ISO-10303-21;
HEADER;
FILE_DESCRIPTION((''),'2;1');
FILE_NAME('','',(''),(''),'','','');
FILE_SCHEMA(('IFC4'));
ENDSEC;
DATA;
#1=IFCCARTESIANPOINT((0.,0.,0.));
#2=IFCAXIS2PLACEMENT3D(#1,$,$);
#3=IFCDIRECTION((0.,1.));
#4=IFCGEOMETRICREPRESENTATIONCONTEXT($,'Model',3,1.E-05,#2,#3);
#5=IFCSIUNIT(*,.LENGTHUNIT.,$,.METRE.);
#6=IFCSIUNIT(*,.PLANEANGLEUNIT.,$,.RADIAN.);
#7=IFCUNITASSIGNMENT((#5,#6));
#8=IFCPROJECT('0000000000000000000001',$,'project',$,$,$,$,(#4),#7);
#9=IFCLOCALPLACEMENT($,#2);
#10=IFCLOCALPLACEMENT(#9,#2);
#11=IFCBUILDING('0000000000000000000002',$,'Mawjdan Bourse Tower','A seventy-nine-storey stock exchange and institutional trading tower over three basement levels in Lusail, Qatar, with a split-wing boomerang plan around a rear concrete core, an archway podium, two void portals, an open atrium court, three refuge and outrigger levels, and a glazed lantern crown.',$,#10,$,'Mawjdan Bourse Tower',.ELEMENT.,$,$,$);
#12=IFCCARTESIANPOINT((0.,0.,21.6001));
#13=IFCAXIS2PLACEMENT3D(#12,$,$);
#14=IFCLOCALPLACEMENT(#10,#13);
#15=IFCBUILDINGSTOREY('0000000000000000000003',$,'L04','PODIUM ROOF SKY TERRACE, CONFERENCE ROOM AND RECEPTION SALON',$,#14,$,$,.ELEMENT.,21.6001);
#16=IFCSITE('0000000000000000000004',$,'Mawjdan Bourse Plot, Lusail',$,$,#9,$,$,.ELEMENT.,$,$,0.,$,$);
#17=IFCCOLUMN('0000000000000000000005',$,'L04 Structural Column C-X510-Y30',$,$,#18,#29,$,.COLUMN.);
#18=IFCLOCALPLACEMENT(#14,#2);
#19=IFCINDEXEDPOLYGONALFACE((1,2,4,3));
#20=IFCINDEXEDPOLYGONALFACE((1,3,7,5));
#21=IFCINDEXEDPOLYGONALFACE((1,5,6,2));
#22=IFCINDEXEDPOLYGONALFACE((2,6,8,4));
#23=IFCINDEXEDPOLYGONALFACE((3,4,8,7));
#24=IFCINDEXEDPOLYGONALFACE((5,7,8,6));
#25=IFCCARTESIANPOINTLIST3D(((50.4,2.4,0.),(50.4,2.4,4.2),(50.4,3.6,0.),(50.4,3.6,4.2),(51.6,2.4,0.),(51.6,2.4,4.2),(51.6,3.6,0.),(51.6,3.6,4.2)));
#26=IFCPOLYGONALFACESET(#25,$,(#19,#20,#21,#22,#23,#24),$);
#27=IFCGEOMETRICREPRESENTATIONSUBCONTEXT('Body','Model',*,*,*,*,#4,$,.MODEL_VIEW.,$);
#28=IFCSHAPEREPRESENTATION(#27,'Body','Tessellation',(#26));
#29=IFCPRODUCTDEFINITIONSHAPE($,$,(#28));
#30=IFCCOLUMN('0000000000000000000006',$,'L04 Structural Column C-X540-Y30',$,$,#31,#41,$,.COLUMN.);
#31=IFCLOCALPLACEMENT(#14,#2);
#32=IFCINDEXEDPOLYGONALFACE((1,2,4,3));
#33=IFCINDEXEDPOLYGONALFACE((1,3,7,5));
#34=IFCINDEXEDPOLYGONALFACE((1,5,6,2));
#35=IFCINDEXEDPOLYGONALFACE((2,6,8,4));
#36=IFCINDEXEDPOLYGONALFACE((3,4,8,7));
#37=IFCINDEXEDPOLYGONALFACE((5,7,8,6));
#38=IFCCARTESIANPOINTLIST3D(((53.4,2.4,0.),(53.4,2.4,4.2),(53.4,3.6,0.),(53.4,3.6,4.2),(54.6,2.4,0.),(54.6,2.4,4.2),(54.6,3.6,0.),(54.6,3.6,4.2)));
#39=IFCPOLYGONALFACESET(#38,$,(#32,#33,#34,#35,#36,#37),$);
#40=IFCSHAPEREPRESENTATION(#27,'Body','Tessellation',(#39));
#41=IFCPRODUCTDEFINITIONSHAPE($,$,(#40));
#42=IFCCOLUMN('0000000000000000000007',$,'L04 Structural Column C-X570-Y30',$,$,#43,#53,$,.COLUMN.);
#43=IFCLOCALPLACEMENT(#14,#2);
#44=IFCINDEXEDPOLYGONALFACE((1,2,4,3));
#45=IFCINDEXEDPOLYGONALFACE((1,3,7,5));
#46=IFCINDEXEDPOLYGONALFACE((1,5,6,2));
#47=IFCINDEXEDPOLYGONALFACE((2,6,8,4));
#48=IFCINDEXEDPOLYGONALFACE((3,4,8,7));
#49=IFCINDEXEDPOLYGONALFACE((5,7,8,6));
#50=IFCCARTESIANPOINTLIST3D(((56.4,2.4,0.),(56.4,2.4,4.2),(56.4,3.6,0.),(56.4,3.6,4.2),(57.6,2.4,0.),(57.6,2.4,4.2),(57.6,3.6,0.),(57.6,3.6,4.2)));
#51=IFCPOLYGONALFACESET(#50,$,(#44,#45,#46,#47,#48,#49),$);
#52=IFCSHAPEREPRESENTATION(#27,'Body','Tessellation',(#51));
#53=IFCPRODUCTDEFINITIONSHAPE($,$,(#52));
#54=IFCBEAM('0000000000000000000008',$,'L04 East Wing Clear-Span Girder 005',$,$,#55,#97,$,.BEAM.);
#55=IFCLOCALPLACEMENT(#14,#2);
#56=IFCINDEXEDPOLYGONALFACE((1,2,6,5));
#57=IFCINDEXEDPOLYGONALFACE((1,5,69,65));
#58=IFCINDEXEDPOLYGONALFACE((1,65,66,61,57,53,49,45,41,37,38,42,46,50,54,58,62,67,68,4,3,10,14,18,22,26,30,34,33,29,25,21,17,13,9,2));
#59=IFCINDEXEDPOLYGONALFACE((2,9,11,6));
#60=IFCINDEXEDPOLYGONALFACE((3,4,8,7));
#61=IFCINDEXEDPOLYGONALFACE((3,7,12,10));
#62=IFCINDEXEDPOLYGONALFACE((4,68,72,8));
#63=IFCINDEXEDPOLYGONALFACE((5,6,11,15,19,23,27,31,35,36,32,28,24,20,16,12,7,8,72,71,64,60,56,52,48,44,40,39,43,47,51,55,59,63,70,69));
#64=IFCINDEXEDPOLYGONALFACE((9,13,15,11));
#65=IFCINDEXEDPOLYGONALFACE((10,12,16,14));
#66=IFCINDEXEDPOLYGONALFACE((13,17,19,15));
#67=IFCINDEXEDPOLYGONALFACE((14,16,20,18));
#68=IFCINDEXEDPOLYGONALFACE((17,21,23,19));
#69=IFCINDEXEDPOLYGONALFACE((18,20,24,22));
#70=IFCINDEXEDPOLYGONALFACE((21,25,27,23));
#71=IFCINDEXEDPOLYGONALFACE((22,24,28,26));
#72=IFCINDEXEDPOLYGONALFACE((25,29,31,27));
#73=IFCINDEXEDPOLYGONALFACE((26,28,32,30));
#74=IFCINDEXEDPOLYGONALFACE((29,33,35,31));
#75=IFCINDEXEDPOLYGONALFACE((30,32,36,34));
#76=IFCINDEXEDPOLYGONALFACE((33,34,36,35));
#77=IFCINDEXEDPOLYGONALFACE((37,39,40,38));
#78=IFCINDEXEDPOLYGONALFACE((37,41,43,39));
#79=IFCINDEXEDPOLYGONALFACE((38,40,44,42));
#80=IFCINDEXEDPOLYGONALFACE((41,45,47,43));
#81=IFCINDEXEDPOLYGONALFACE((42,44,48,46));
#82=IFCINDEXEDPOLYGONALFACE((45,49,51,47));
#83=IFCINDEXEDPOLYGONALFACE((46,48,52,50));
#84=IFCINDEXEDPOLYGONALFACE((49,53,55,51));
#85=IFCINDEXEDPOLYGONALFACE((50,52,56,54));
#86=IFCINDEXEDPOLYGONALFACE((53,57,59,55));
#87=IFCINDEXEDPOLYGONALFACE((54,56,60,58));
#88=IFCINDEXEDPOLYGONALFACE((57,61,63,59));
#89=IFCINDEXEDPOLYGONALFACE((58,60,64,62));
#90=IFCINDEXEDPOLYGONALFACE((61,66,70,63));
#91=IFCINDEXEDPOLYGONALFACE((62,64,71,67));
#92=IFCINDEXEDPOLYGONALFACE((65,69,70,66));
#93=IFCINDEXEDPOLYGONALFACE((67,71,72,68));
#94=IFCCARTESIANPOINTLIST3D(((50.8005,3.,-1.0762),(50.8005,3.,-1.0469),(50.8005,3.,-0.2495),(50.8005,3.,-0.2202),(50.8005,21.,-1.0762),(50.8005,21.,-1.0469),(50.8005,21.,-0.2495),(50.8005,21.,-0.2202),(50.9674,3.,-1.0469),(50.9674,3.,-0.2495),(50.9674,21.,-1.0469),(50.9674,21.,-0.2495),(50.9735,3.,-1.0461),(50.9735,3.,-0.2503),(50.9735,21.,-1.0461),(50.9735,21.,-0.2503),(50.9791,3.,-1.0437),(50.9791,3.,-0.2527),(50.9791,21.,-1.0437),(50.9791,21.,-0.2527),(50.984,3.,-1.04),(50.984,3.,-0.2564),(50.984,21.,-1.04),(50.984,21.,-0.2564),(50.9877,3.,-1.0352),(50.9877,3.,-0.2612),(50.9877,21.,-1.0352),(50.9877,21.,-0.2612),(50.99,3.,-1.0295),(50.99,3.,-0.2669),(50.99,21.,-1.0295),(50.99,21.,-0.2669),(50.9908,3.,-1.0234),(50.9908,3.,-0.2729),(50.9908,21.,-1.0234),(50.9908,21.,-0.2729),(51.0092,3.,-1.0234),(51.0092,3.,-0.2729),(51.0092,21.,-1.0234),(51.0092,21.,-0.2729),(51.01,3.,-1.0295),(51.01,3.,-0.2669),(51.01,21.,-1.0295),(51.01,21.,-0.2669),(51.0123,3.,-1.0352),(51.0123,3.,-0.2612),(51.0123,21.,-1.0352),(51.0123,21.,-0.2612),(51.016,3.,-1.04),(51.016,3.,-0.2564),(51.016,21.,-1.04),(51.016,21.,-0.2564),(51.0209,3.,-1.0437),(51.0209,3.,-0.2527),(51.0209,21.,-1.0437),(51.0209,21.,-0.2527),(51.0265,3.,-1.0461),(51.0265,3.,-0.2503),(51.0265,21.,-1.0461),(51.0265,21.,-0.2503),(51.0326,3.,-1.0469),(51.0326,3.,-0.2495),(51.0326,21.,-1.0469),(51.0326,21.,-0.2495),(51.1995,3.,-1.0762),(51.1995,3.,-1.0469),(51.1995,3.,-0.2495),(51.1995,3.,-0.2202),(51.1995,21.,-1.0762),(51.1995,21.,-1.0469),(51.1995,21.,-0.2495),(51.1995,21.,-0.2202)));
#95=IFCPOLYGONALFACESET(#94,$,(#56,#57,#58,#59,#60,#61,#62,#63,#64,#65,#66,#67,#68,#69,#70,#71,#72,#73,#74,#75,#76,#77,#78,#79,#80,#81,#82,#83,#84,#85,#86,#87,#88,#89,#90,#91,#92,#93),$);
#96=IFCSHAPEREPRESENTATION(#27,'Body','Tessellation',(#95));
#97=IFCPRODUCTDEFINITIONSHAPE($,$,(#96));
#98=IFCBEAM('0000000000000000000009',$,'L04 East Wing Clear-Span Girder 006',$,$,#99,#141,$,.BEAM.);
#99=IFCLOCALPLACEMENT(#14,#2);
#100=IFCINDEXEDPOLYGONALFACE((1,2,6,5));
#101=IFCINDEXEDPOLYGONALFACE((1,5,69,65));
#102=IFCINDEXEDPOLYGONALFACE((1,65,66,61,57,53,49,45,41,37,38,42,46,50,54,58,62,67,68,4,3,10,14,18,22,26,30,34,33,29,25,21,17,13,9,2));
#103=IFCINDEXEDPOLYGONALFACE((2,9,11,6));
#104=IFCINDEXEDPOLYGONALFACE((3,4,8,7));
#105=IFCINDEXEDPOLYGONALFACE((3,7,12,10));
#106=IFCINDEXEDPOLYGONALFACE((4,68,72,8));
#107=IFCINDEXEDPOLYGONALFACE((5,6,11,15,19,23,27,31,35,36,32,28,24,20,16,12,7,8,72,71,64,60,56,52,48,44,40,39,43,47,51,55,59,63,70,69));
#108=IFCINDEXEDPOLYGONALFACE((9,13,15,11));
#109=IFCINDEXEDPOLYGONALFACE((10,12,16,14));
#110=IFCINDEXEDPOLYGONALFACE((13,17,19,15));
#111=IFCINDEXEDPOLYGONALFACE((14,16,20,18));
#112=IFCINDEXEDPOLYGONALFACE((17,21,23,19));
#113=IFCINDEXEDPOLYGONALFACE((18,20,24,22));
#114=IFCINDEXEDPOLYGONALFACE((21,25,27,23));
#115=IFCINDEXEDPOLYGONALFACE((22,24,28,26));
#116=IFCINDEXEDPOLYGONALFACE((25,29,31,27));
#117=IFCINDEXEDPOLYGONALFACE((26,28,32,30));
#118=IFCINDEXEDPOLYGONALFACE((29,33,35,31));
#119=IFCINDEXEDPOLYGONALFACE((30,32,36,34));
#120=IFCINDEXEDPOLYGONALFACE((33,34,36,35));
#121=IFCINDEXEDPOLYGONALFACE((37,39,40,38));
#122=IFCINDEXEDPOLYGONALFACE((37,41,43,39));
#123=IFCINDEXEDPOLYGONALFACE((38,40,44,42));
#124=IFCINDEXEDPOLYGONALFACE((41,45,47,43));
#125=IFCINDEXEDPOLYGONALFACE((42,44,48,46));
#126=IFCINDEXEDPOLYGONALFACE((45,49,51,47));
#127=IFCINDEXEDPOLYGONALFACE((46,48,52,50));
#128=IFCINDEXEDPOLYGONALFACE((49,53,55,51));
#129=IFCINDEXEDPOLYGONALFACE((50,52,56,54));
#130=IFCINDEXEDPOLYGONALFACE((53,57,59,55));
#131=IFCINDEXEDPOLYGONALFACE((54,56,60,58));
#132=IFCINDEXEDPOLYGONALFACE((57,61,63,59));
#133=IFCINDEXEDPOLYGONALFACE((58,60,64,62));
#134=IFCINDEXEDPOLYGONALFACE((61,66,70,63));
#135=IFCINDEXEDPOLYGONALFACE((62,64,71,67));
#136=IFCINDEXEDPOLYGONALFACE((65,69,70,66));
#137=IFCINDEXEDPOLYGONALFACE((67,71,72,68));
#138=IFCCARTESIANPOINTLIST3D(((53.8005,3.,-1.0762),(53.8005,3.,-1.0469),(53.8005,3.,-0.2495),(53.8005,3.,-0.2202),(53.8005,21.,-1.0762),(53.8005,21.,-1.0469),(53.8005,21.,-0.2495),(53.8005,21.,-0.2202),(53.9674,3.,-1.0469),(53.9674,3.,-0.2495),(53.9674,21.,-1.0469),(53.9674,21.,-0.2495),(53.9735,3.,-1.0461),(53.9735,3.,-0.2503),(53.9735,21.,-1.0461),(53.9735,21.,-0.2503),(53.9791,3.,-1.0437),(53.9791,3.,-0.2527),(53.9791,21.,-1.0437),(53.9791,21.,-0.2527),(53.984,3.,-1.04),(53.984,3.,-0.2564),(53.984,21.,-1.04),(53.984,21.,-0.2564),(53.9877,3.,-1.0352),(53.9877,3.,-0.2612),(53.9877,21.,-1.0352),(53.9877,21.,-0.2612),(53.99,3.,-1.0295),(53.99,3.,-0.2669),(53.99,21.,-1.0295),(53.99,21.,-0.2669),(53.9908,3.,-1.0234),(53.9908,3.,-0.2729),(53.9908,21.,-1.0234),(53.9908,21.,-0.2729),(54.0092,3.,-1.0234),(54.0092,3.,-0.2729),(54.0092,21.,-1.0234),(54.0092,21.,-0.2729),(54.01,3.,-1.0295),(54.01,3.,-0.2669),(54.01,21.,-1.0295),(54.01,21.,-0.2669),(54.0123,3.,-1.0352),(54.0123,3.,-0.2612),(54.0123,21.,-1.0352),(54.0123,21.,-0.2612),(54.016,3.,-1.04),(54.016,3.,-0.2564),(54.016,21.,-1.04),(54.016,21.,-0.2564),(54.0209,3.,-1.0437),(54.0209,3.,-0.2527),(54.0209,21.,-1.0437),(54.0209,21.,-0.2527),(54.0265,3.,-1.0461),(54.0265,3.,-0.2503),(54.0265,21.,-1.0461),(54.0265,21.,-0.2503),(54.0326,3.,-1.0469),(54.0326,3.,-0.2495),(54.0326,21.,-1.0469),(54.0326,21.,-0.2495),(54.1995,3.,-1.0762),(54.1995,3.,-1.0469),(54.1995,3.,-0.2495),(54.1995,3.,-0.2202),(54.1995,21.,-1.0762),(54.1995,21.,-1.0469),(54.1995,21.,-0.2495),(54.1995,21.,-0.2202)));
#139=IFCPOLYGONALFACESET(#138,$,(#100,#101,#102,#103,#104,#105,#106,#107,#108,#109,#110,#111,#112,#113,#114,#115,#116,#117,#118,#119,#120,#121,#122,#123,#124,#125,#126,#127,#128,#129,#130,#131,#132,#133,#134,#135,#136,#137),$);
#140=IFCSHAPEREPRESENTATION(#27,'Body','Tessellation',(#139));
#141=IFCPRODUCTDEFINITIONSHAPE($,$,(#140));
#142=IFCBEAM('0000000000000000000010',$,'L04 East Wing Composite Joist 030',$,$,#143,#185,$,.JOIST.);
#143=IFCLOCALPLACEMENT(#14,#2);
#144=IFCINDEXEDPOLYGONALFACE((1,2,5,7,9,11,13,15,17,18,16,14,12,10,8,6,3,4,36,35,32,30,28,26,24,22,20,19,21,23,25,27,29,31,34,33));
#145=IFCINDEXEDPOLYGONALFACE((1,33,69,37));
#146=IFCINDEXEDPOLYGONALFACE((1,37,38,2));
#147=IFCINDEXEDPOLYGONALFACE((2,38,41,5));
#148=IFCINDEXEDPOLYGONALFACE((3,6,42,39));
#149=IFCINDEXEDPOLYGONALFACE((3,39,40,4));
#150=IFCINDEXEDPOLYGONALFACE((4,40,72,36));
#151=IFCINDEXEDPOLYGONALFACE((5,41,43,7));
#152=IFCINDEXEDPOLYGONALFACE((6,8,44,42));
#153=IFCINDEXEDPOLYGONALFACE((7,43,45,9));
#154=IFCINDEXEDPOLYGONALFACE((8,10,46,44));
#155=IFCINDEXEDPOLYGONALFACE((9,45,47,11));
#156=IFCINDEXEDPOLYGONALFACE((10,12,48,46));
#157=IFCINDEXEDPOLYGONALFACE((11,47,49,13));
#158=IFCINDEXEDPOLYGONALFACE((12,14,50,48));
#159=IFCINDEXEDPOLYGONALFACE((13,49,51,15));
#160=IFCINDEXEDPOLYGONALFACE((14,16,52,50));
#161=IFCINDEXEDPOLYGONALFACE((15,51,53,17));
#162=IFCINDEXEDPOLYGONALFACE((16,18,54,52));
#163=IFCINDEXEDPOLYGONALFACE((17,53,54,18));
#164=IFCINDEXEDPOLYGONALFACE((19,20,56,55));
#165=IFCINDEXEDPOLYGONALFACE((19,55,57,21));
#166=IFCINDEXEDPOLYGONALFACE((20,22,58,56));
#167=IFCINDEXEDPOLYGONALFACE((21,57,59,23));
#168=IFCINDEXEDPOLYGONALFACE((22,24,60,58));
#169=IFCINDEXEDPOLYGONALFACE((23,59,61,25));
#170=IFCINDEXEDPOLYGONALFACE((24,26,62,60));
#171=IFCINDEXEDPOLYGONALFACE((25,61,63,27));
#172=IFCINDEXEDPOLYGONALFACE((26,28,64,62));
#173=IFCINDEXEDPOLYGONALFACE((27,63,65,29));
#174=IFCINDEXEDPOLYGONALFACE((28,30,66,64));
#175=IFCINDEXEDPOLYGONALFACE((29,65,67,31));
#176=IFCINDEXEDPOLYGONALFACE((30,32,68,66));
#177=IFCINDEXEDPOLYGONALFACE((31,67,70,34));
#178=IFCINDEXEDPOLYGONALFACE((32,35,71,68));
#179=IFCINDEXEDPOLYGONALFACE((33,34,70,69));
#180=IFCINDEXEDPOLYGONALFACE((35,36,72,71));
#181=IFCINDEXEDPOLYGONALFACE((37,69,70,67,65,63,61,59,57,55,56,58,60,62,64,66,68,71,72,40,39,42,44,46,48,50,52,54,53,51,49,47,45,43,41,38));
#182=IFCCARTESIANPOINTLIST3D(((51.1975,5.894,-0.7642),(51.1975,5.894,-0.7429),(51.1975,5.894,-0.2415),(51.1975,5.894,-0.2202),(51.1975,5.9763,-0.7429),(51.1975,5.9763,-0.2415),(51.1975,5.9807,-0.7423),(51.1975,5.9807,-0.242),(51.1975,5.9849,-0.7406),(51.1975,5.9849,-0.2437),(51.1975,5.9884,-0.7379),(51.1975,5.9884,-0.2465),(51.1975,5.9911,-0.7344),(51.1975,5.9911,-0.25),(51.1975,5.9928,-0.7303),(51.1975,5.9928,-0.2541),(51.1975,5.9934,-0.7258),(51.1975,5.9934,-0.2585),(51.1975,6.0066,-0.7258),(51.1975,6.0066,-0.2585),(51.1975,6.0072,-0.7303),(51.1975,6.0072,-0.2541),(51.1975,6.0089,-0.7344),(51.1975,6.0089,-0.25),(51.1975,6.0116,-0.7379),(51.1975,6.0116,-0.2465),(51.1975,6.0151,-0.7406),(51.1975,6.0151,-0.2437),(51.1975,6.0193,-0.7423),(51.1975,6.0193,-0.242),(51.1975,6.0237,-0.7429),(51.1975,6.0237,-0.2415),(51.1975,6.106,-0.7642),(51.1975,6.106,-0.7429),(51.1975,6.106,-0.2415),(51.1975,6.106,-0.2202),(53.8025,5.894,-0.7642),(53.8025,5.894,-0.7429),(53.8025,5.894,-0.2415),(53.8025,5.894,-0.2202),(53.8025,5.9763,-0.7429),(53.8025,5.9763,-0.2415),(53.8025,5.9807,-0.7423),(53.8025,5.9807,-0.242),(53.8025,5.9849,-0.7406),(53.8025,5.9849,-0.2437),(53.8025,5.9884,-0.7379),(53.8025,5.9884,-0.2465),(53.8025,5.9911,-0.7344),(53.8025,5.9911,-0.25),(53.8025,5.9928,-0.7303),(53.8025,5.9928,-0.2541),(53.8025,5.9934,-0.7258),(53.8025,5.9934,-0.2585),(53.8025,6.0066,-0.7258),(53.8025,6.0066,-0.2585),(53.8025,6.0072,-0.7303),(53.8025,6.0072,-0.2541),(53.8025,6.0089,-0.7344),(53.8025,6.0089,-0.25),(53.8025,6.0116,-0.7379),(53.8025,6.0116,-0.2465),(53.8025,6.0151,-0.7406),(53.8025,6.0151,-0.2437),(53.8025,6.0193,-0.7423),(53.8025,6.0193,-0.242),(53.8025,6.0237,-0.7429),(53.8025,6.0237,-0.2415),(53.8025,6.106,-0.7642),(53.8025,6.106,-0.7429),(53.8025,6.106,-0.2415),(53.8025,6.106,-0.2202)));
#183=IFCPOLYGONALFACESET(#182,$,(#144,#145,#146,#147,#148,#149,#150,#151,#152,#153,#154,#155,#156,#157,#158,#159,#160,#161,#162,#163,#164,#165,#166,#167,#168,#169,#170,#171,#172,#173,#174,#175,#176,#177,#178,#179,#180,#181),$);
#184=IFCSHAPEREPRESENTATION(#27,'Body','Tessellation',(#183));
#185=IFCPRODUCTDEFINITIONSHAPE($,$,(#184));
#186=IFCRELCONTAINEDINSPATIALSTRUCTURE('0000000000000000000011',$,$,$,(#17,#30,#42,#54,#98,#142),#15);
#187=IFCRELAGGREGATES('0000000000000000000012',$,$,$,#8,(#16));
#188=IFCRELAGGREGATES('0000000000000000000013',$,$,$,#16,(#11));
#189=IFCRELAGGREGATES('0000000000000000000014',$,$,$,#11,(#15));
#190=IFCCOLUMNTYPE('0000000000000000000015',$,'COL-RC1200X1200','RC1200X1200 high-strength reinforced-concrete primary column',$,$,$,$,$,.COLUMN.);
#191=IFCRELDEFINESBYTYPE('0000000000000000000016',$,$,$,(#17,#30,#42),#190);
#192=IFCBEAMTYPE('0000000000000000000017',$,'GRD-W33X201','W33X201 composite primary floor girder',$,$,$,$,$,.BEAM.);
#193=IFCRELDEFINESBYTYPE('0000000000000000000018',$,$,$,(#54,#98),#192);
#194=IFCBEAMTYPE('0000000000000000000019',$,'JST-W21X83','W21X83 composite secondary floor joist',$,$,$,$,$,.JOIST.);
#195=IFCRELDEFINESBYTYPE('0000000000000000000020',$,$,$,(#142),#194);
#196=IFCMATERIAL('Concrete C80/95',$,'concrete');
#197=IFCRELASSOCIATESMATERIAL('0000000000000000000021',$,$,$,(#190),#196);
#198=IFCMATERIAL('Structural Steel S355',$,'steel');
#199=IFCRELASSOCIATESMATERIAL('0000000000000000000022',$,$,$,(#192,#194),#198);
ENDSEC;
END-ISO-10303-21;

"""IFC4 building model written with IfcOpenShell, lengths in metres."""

from ifc_helpers import new_model, si_unit, direction, frame, origin, origin_2d, place, context, subcontext, project, spatial, rectangle, i_section, extrude, material, material_profile, profile_set, type_object, element, save


model = new_model("IFC4")

# Units and contexts
model_context = context("Model", 3, precision=1e-05, world=origin(), true_north=direction((0.0, 1.0)))
body_context = subcontext(model_context, "Body", "Model", "MODEL_VIEW")
ifc_project = project(units=[si_unit("LENGTHUNIT", "METRE"), si_unit("PLANEANGLEUNIT", "RADIAN")], contexts=[model_context])

# Site, building, storey
site_placement = place(None, origin())
site = spatial("IfcSite", under=ifc_project, at=site_placement, Name="Mawjdan Bourse Plot, Lusail", CompositionType="ELEMENT", RefElevation=0.0)
building_placement = place(site_placement, origin())
building = spatial("IfcBuilding", under=site, at=building_placement, Name="Mawjdan Bourse Tower", Description="A seventy-nine-storey stock exchange and institutional trading tower over three basement levels in Lusail, Qatar, with a split-wing boomerang plan around a rear concrete core, an archway podium, two void portals, an open atrium court, three refuge and outrigger levels, and a glazed lantern crown.", LongName="Mawjdan Bourse Tower", CompositionType="ELEMENT")
storey_placement = place(building_placement, frame((0.0, 0.0, 21.6001)))
storey = spatial("IfcBuildingStorey", under=building, at=storey_placement, Name="L04", Description="PODIUM ROOF SKY TERRACE, CONFERENCE ROOM AND RECEPTION SALON", CompositionType="ELEMENT", Elevation=21.6001)

# Columns
ifc_material_1 = material(Name="Concrete C80/95", Category="concrete")
ifc_material_profile_1 = material_profile(ifc_material_1, rectangle(XDim=1.2, YDim=1.2, at=origin_2d()), Name="RC1200X1200")
ifc_profile_set_1 = profile_set([ifc_material_profile_1], Name="Concrete C80/95")
column_type = type_object("IfcColumnType", Name="COL-RC1200X1200", Description="RC1200X1200 high-strength reinforced-concrete primary column", PredefinedType="COLUMN", material=ifc_profile_set_1)
for number, where, z_axis, x_axis, name in (
    (1, (51.0, 3.0, 0.0), (0.0, 0.0, 1.0), (1.0, 0.0, 0.0), "L04 Structural Column C-X510-Y30"),
    (2, (54.0, 3.0, 0.0), (0.0, 0.0, 1.0), (1.0, 0.0, 0.0), "L04 Structural Column C-X540-Y30"),
    (3, (57.0, 3.0, 0.0), (0.0, 0.0, 1.0), (1.0, 0.0, 0.0), "L04 Structural Column C-X570-Y30"),
):
    element("IfcColumn", number, at=place(storey_placement, frame(where, z_axis=z_axis, x_axis=x_axis)), inside=storey, type_object=column_type, Name=name, PredefinedType="COLUMN", context=body_context, shape_type="SweptSolid", body=[
        extrude(rectangle(XDim=1.2, YDim=1.2, at=origin_2d()), origin(), (0.0, 0.0, 1.0), 4.2),
    ])

# Beams
ifc_material_2 = material(Name="Structural Steel S355", Category="steel")
ifc_material_profile_2 = material_profile(ifc_material_2, i_section(OverallWidth=0.3989, OverallDepth=0.856, WebThickness=0.0183, FlangeThickness=0.0293, FilletRadius=0.0234, at=origin_2d()), Name="W33X201")
ifc_profile_set_2 = profile_set([ifc_material_profile_2], Name="Structural Steel S355")
beam_type_1 = type_object("IfcBeamType", Name="GRD-W33X201", Description="W33X201 composite primary floor girder", PredefinedType="BEAM", material=ifc_profile_set_2)
for number, where, z_axis, x_axis, name in (
    (4, (51.0, 3.0, -0.6482), (0.0, 1.0, 0.0), (-1.0, 0.0, 0.0), "L04 East Wing Clear-Span Girder 005"),
    (5, (54.0, 3.0, -0.6482), (0.0, 1.0, 0.0), (-1.0, 0.0, 0.0), "L04 East Wing Clear-Span Girder 006"),
):
    element("IfcBeam", number, at=place(storey_placement, frame(where, z_axis=z_axis, x_axis=x_axis)), inside=storey, type_object=beam_type_1, Name=name, PredefinedType="BEAM", context=body_context, shape_type="SweptSolid", body=[
        extrude(i_section(OverallWidth=0.3989, OverallDepth=0.856, WebThickness=0.0183, FlangeThickness=0.0293, FilletRadius=0.0234, at=origin_2d()), origin(), (0.0, 0.0, 1.0), 18.0),
    ])
ifc_material_profile_3 = material_profile(ifc_material_2, i_section(OverallWidth=0.2119, OverallDepth=0.5439, WebThickness=0.0132, FlangeThickness=0.0212, FilletRadius=0.0171, at=origin_2d()), Name="W21X83")
ifc_profile_set_3 = profile_set([ifc_material_profile_3], Name="Structural Steel S355")
beam_type_2 = type_object("IfcBeamType", Name="JST-W21X83", Description="W21X83 composite secondary floor joist", PredefinedType="JOIST", material=ifc_profile_set_3)
for number, where, z_axis, x_axis, name in (
    (6, (51.1975, 6.0, -0.4922), (1.0, 0.0, 0.0), (0.0, 1.0, 0.0), "L04 East Wing Composite Joist 030"),
):
    element("IfcBeam", number, at=place(storey_placement, frame(where, z_axis=z_axis, x_axis=x_axis)), inside=storey, type_object=beam_type_2, Name=name, PredefinedType="JOIST", context=body_context, shape_type="SweptSolid", body=[
        extrude(i_section(OverallWidth=0.2119, OverallDepth=0.5439, WebThickness=0.0132, FlangeThickness=0.0212, FilletRadius=0.0171, at=origin_2d()), origin(), (0.0, 0.0, 1.0), 2.605),
    ])

save(model, "model.ifc")
